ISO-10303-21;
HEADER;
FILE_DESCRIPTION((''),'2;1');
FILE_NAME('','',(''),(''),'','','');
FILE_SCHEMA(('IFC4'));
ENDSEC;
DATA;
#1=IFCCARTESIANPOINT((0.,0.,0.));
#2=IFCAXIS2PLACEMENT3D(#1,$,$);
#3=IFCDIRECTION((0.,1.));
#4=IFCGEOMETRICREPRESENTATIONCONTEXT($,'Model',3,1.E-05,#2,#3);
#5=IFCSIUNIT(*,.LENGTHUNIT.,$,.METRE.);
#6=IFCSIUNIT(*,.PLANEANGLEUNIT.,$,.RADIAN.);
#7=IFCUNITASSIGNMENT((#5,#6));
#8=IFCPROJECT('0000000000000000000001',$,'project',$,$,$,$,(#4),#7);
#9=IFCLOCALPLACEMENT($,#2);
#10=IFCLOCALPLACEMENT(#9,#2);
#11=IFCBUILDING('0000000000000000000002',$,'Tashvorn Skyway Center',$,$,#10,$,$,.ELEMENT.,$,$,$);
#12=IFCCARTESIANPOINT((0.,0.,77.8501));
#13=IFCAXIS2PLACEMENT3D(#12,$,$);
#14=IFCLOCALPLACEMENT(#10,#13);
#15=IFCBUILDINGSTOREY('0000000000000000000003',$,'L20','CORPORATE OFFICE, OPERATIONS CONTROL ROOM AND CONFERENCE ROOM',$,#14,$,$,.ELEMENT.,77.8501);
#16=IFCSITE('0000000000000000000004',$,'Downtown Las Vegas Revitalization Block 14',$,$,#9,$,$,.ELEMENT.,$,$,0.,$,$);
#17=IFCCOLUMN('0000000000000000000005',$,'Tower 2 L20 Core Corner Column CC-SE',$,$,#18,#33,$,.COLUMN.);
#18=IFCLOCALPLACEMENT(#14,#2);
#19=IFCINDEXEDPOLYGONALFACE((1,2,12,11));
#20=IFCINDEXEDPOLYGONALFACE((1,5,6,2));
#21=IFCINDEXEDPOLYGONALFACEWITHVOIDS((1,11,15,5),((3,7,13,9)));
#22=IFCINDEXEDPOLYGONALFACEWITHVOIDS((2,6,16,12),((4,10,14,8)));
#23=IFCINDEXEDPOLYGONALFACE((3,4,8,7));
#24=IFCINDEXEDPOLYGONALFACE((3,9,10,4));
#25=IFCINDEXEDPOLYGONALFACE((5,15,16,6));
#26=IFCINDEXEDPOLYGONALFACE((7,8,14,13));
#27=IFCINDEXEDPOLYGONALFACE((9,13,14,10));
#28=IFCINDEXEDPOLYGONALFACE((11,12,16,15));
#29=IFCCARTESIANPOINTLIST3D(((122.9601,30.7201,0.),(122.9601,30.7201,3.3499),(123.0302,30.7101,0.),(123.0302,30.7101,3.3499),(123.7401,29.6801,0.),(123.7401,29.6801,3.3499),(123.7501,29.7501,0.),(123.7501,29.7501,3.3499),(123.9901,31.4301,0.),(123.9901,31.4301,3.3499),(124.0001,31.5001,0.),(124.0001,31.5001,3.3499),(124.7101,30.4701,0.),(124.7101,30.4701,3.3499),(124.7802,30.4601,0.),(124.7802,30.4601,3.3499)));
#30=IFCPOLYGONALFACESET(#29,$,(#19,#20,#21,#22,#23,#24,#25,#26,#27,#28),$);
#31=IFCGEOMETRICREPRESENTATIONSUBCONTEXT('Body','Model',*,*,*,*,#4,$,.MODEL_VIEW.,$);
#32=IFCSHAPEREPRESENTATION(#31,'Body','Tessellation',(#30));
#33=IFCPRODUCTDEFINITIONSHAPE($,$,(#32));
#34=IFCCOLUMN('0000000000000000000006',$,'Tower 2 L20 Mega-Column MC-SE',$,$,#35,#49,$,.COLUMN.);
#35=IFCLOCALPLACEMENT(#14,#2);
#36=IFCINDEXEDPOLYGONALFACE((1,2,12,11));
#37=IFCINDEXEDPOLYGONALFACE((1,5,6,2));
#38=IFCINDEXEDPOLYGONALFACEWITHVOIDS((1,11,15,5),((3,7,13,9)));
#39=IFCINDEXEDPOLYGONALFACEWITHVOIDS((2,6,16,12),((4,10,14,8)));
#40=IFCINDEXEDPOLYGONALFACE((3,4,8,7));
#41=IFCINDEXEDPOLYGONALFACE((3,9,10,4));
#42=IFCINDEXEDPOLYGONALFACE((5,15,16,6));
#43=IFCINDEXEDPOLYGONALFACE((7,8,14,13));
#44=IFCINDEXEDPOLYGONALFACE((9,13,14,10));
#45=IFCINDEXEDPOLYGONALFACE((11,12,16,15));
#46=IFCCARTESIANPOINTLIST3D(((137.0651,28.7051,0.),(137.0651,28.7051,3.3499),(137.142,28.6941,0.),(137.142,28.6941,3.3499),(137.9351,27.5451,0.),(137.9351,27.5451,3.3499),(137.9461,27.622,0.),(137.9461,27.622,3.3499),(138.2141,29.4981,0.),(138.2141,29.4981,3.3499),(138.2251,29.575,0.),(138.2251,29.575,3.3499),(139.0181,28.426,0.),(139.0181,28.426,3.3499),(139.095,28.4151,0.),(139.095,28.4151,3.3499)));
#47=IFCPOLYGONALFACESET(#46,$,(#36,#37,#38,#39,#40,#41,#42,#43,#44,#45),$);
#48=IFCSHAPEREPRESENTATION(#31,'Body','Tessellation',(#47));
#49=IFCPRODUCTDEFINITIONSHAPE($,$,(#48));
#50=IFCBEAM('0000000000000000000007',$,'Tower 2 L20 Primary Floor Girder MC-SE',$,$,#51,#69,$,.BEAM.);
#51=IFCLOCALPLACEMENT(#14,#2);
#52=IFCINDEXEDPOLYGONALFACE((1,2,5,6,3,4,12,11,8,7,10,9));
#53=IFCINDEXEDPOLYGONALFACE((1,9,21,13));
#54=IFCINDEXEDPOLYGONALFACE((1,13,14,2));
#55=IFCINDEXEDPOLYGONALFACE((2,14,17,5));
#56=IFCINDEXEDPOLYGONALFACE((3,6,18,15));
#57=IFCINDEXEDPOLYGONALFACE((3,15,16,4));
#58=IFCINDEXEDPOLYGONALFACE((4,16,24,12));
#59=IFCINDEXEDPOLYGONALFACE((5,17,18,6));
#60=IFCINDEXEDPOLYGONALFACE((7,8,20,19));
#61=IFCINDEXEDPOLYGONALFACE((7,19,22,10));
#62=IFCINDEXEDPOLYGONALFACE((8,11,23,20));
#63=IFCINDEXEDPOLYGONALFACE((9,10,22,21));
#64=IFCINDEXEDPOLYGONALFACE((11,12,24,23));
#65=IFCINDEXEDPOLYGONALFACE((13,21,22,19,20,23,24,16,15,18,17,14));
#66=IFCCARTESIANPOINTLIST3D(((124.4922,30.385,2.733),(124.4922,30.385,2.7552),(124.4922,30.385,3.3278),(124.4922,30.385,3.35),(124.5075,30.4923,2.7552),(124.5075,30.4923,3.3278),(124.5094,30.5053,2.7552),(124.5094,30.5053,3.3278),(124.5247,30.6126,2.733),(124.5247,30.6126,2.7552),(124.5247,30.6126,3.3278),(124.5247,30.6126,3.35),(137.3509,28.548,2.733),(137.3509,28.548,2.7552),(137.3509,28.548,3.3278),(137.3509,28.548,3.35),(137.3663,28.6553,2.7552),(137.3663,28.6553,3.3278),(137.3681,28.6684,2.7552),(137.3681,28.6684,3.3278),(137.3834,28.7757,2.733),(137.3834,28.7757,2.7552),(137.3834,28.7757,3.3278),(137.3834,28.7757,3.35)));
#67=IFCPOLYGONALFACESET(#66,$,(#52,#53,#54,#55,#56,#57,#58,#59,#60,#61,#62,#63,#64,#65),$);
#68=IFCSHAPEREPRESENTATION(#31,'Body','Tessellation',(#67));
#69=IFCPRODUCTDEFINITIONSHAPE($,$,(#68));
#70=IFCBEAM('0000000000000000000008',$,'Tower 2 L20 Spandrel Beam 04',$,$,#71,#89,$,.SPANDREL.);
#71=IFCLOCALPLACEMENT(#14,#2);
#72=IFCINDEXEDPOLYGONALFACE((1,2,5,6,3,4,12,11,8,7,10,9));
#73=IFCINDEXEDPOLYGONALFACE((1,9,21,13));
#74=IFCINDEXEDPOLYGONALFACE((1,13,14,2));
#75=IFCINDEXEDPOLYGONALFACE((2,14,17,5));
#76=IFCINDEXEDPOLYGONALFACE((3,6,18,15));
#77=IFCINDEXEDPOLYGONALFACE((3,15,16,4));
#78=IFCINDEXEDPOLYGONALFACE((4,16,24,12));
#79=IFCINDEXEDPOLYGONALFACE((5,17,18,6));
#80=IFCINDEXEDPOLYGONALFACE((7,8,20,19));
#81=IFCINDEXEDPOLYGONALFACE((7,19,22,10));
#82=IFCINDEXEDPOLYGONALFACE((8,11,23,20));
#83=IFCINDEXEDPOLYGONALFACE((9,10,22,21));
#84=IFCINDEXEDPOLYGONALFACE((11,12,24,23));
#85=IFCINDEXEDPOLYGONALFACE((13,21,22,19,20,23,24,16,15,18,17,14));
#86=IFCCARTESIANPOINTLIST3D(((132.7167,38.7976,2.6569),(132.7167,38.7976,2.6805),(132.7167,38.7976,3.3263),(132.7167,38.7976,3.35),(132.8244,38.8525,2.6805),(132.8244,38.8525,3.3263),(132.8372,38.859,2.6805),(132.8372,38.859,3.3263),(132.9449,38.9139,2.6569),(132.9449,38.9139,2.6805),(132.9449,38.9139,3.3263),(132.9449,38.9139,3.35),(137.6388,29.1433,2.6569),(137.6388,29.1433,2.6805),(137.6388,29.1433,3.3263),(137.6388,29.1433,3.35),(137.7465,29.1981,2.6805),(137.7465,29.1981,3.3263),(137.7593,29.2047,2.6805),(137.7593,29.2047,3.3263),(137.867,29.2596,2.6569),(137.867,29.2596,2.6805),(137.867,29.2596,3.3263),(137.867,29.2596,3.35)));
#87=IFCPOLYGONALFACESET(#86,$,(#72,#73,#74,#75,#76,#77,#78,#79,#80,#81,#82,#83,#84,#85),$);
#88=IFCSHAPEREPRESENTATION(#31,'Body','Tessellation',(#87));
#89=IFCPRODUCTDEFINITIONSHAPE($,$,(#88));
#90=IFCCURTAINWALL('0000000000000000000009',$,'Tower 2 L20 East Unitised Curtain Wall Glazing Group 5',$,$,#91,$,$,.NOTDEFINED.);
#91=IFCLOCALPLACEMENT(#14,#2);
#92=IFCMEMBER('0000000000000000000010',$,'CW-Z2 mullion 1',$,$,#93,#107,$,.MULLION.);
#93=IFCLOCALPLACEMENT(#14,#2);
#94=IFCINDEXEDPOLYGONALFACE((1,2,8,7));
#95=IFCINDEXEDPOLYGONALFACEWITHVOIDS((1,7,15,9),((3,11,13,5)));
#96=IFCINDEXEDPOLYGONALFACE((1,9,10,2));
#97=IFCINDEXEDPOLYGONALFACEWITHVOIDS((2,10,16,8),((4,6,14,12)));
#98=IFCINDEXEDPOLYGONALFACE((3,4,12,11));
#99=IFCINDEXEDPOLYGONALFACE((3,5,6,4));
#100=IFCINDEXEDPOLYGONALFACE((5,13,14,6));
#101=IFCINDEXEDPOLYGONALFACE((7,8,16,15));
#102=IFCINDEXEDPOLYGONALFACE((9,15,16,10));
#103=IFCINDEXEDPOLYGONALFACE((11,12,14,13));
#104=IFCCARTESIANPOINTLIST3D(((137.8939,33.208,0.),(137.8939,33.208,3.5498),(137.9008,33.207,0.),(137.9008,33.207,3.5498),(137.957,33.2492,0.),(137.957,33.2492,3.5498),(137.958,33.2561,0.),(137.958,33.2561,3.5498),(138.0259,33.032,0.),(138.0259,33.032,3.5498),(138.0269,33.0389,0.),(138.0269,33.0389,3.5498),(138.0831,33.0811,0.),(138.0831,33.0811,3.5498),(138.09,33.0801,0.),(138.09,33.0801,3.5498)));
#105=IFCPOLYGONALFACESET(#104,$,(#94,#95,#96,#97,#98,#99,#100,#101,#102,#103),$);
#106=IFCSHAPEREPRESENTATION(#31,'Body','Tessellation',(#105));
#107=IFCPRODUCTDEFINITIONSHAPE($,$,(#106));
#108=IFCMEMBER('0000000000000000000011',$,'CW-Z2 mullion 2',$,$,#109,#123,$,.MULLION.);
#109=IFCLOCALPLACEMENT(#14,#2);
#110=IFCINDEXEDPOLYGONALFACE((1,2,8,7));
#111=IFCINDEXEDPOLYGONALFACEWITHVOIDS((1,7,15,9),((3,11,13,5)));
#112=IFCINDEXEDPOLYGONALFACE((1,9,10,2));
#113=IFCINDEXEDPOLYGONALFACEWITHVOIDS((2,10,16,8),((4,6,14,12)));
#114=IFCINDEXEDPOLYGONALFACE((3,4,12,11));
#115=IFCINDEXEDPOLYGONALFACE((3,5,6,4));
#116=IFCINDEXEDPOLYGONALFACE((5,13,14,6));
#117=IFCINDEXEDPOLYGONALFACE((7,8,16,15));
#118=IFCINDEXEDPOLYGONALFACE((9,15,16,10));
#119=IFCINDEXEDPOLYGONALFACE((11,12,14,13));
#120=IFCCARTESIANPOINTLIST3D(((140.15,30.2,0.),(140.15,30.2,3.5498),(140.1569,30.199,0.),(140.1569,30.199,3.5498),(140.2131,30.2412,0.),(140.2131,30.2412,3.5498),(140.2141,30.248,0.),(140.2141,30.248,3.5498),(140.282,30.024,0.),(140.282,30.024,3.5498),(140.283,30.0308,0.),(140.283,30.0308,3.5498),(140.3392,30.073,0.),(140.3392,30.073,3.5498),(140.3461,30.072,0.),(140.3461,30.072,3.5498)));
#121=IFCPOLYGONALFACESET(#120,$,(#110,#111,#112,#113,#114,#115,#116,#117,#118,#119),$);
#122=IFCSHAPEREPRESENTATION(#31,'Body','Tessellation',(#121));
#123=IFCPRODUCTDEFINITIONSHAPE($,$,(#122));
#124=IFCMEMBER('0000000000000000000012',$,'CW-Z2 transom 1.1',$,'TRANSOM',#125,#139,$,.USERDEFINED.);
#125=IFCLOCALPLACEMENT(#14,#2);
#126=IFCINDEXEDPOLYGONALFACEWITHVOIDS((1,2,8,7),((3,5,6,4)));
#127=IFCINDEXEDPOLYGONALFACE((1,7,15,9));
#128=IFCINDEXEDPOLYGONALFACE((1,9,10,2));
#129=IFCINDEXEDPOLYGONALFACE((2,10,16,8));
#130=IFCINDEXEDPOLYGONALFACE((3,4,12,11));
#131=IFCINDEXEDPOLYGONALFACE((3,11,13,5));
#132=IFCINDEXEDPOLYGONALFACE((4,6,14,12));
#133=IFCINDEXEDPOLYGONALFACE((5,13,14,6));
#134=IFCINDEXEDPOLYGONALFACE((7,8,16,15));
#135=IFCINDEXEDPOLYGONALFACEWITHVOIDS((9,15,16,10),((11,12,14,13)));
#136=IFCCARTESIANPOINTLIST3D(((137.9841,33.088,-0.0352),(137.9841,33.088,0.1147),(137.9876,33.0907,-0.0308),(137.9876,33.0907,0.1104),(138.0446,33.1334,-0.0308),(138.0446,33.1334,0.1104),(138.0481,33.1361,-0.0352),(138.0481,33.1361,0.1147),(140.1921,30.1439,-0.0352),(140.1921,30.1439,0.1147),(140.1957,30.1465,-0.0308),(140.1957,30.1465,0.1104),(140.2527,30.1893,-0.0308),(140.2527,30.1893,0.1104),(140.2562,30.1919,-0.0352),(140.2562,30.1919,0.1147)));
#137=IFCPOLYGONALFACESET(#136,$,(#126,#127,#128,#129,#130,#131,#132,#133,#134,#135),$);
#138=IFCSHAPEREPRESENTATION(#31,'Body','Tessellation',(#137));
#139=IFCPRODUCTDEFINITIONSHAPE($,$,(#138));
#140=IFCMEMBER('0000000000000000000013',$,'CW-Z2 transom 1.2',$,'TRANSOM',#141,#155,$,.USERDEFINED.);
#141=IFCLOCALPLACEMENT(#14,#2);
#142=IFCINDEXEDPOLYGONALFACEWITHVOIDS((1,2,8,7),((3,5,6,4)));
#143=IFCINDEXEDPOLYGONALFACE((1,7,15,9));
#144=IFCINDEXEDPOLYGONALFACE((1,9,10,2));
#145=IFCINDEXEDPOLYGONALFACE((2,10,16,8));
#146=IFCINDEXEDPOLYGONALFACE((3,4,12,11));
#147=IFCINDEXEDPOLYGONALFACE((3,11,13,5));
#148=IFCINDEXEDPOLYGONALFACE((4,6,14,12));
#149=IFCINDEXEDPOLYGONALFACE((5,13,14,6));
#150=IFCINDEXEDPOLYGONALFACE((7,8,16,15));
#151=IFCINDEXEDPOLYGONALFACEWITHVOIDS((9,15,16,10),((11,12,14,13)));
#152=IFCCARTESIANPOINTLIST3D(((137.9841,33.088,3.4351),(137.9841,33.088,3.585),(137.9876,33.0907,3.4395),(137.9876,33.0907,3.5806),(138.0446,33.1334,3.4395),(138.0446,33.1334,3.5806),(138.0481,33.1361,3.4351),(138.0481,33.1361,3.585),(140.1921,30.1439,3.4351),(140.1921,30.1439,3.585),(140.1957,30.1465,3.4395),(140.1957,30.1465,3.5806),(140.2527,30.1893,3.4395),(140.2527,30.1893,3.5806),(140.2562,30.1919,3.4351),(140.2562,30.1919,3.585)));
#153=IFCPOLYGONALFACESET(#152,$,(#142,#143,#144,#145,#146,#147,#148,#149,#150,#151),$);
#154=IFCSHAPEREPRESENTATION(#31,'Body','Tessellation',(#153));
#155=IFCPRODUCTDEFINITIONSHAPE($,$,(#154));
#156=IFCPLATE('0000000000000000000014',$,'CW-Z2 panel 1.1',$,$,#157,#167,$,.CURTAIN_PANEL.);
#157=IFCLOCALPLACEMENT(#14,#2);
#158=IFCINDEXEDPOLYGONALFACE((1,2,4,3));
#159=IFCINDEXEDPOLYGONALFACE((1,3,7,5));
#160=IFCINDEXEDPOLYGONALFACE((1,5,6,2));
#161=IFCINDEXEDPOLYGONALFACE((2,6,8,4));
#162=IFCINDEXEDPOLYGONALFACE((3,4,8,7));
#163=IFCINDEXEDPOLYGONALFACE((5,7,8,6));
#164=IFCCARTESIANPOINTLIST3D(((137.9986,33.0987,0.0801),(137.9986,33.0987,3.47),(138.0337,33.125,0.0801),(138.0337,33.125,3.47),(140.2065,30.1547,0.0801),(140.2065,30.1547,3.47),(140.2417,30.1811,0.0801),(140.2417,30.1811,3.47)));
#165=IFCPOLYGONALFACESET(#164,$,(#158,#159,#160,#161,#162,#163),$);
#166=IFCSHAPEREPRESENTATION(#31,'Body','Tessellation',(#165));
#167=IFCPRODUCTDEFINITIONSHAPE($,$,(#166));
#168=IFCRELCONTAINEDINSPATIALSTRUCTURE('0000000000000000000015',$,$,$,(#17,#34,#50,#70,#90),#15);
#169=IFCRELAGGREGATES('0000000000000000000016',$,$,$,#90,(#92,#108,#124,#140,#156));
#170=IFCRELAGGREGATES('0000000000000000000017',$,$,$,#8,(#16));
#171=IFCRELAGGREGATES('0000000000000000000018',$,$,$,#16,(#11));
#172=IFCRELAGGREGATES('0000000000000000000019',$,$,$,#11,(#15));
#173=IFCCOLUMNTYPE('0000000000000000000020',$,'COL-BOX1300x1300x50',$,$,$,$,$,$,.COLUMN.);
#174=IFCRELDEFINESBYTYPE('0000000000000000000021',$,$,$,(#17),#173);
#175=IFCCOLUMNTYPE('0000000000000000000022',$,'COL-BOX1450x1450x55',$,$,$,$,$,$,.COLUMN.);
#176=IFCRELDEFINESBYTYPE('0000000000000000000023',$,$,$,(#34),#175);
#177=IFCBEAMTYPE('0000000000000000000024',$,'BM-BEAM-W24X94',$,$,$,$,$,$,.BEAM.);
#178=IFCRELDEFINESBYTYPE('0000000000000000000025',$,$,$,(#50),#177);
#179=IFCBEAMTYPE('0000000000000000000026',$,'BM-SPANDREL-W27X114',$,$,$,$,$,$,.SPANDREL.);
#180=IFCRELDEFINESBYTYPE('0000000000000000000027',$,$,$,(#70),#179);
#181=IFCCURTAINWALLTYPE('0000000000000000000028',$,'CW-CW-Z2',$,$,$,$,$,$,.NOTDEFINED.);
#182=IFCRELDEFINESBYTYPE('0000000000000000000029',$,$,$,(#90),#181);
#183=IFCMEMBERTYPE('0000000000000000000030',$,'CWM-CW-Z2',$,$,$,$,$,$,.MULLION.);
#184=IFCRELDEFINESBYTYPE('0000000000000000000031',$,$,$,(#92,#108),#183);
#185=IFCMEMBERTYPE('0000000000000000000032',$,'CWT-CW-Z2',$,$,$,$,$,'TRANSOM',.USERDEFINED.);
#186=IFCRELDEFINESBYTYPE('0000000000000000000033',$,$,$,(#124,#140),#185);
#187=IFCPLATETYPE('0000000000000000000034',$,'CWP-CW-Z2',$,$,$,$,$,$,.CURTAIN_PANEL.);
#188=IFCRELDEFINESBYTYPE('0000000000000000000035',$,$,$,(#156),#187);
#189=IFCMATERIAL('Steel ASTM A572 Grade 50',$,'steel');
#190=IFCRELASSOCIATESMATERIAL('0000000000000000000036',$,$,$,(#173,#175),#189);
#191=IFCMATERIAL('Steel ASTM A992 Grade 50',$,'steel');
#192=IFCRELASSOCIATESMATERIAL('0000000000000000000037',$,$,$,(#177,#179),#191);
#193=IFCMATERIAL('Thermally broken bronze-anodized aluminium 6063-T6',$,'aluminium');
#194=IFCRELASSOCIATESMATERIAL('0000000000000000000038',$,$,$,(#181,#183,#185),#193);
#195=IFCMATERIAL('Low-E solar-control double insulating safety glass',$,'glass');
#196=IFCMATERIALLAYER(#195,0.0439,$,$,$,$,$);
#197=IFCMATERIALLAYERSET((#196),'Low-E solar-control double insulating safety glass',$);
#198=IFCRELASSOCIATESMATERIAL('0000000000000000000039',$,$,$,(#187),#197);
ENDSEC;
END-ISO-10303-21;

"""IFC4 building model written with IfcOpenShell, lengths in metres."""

from ifc_helpers import new_model, si_unit, direction, frame, origin, origin_2d, place, context, subcontext, project, spatial, rectangle, hollow_rectangle, i_section, extrude, material, layer, layer_set, material_profile, profile_set, type_object, element, aggregate, save


model = new_model("IFC4")

# Units and contexts
model_context = context("Model", 3, precision=1e-05, world=origin(), true_north=direction((0.0, 1.0)))
body_context = subcontext(model_context, "Body", "Model", "MODEL_VIEW")
ifc_project = project(units=[si_unit("LENGTHUNIT", "METRE"), si_unit("PLANEANGLEUNIT", "RADIAN")], contexts=[model_context])

# Site, building, storey
site_placement = place(None, origin())
site = spatial("IfcSite", under=ifc_project, at=site_placement, Name="Downtown Las Vegas Revitalization Block 14", CompositionType="ELEMENT", RefElevation=0.0)
building_placement = place(site_placement, origin())
building = spatial("IfcBuilding", under=site, at=building_placement, Name="Tashvorn Skyway Center", CompositionType="ELEMENT")
storey_placement = place(building_placement, frame((0.0, 0.0, 77.8501)))
storey = spatial("IfcBuildingStorey", under=building, at=storey_placement, Name="L20", Description="CORPORATE OFFICE, OPERATIONS CONTROL ROOM AND CONFERENCE ROOM", CompositionType="ELEMENT", Elevation=77.8501)

# Columns
ifc_material_1 = material(Name="Steel ASTM A572 Grade 50", Category="steel")
ifc_material_profile_1 = material_profile(ifc_material_1, hollow_rectangle(XDim=1.3, YDim=1.3, WallThickness=0.05, at=origin_2d()), Name="BOX1300x1300x50")
ifc_profile_set_1 = profile_set([ifc_material_profile_1], Name="Steel ASTM A572 Grade 50")
column_type_1 = type_object("IfcColumnType", Name="COL-BOX1300x1300x50", PredefinedType="COLUMN", material=ifc_profile_set_1)
column_1_placement = place(storey_placement, frame((123.8701, 30.5901, 0.0), z_axis=(0.0, 0.0, 1.0), x_axis=(0.8, 0.6, 0.0)))
element("IfcColumn", 1, at=column_1_placement, inside=storey, type_object=column_type_1, Name="Tower 2 L20 Core Corner Column CC-SE", PredefinedType="COLUMN", context=body_context, shape_type="SweptSolid", body=[
    extrude(hollow_rectangle(XDim=1.3, YDim=1.3, WallThickness=0.05, at=origin_2d()), origin(), (0.0, 0.0, 1.0), 3.3499),
])
ifc_material_profile_2 = material_profile(ifc_material_1, hollow_rectangle(XDim=1.45, YDim=1.45, WallThickness=0.0549, at=origin_2d()), Name="BOX1450x1450x55")
ifc_profile_set_2 = profile_set([ifc_material_profile_2], Name="Steel ASTM A572 Grade 50")
column_type_2 = type_object("IfcColumnType", Name="COL-BOX1450x1450x55", PredefinedType="COLUMN", material=ifc_profile_set_2)
column_2_placement = place(storey_placement, frame((138.0801, 28.5601, 0.0), z_axis=(0.0, 0.0, 1.0), x_axis=(0.8, 0.6, 0.0)))
element("IfcColumn", 2, at=column_2_placement, inside=storey, type_object=column_type_2, Name="Tower 2 L20 Mega-Column MC-SE", PredefinedType="COLUMN", context=body_context, shape_type="SweptSolid", body=[
    extrude(hollow_rectangle(XDim=1.45, YDim=1.45, WallThickness=0.0549, at=origin_2d()), origin(), (0.0, 0.0, 1.0), 3.3499),
])

# Beams
ifc_material_2 = material(Name="Steel ASTM A992 Grade 50", Category="steel")
ifc_material_profile_3 = material_profile(ifc_material_2, i_section(OverallWidth=0.23, OverallDepth=0.6169, WebThickness=0.0132, FlangeThickness=0.0222, at=origin_2d()), Name="W24X94")
ifc_profile_set_3 = profile_set([ifc_material_profile_3], Name="Steel ASTM A992 Grade 50")
beam_type_1 = type_object("IfcBeamType", Name="BM-BEAM-W24X94", PredefinedType="BEAM", material=ifc_profile_set_3)
beam_1_placement = place(storey_placement, frame((137.3672, 28.6619, 3.0415), z_axis=(-0.98995, 0.141419, 0.0), x_axis=(-0.141419, -0.98995, 0.0)))
element("IfcBeam", 3, at=beam_1_placement, inside=storey, type_object=beam_type_1, Name="Tower 2 L20 Primary Floor Girder MC-SE", PredefinedType="BEAM", context=body_context, shape_type="SweptSolid", body=[
    extrude(i_section(OverallWidth=0.23, OverallDepth=0.6169, WebThickness=0.0132, FlangeThickness=0.0222, at=origin_2d()), origin(), (0.0, 0.0, 1.0), 12.9893),
])
ifc_material_profile_4 = material_profile(ifc_material_2, i_section(OverallWidth=0.2561, OverallDepth=0.6931, WebThickness=0.0144, FlangeThickness=0.0237, at=origin_2d()), Name="W27X114")
ifc_profile_set_4 = profile_set([ifc_material_profile_4], Name="Steel ASTM A992 Grade 50")
beam_type_2 = type_object("IfcBeamType", Name="BM-SPANDREL-W27X114", PredefinedType="SPANDREL", material=ifc_profile_set_4)
beam_2_placement = place(storey_placement, frame((137.7529, 29.2014, 3.0034), z_axis=(-0.454211, 0.890894, 0.0), x_axis=(-0.890894, -0.454211, 0.0)))
element("IfcBeam", 4, at=beam_2_placement, inside=storey, type_object=beam_type_2, Name="Tower 2 L20 Spandrel Beam 04", PredefinedType="SPANDREL", context=body_context, shape_type="SweptSolid", body=[
    extrude(i_section(OverallWidth=0.2561, OverallDepth=0.6931, WebThickness=0.0144, FlangeThickness=0.0237, at=origin_2d()), origin(), (0.0, 0.0, 1.0), 10.8367),
])

# Curtain wall, members, plate
ifc_material_3 = material(Name="Thermally broken bronze-anodized aluminium 6063-T6", Category="aluminium")
curtain_wall_type = type_object("IfcCurtainWallType", Name="CW-CW-Z2", PredefinedType="NOTDEFINED", material=ifc_material_3)
curtain_wall_placement = place(storey_placement, origin())
curtain_wall = element("IfcCurtainWall", 5, at=curtain_wall_placement, inside=storey, type_object=curtain_wall_type, Name="Tower 2 L20 East Unitised Curtain Wall Glazing Group 5", PredefinedType="NOTDEFINED")
ifc_material_profile_5 = material_profile(ifc_material_3, hollow_rectangle(XDim=0.0801, YDim=0.22, WallThickness=0.0049, at=origin_2d()), Name="ALU-MULL-80x220")
ifc_profile_set_5 = profile_set([ifc_material_profile_5], Name="Thermally broken bronze-anodized aluminium 6063-T6")
member_type_1 = type_object("IfcMemberType", Name="CWM-CW-Z2", PredefinedType="MULLION", material=ifc_profile_set_5)
member_1_placement = place(storey_placement, frame((137.9919, 33.144, 0.0), z_axis=(0.0, 0.0, 1.0), x_axis=(0.8, 0.6, 0.0)))
member_1 = element("IfcMember", 6, at=member_1_placement, type_object=member_type_1, Name="CW-Z2 mullion 1", PredefinedType="MULLION", context=body_context, shape_type="SweptSolid", body=[
    extrude(hollow_rectangle(XDim=0.0801, YDim=0.22, WallThickness=0.0049, at=origin_2d()), origin(), (0.0, 0.0, 1.0), 3.5498),
])
member_2_placement = place(storey_placement, frame((140.248, 30.136, 0.0), z_axis=(0.0, 0.0, 1.0), x_axis=(0.8, 0.6, 0.0)))
member_2 = element("IfcMember", 7, at=member_2_placement, type_object=member_type_1, Name="CW-Z2 mullion 2", PredefinedType="MULLION", context=body_context, shape_type="SweptSolid", body=[
    extrude(hollow_rectangle(XDim=0.0801, YDim=0.22, WallThickness=0.0049, at=origin_2d()), origin(), (0.0, 0.0, 1.0), 3.5498),
])
ifc_material_profile_6 = material_profile(ifc_material_3, hollow_rectangle(XDim=0.0801, YDim=0.1499, WallThickness=0.0044, at=origin_2d()), Name="ALU-TRAN-80x150")
ifc_profile_set_6 = profile_set([ifc_material_profile_6], Name="Thermally broken bronze-anodized aluminium 6063-T6")
member_type_2 = type_object("IfcMemberType", Name="CWT-CW-Z2", ElementType="TRANSOM", PredefinedType="USERDEFINED", material=ifc_profile_set_6)
member_3_placement = place(storey_placement, frame((138.0161, 33.1121, 0.0398), z_axis=(0.599989, -0.800008, 0.0), x_axis=(0.800008, 0.599989, 0.0)))
member_3 = element("IfcMember", 8, at=member_3_placement, type_object=member_type_2, Name="CW-Z2 transom 1.1", ObjectType="TRANSOM", PredefinedType="USERDEFINED", context=body_context, shape_type="SweptSolid", body=[
    extrude(hollow_rectangle(XDim=0.0801, YDim=0.1499, WallThickness=0.0044, at=origin_2d()), origin(), (0.0, 0.0, 1.0), 3.6802),
])
member_4_placement = place(storey_placement, frame((138.0161, 33.1121, 3.51), z_axis=(0.599989, -0.800008, 0.0), x_axis=(0.800008, 0.599989, 0.0)))
member_4 = element("IfcMember", 9, at=member_4_placement, type_object=member_type_2, Name="CW-Z2 transom 1.2", ObjectType="TRANSOM", PredefinedType="USERDEFINED", context=body_context, shape_type="SweptSolid", body=[
    extrude(hollow_rectangle(XDim=0.0801, YDim=0.1499, WallThickness=0.0044, at=origin_2d()), origin(), (0.0, 0.0, 1.0), 3.6802),
])
ifc_material_4 = material(Name="Low-E solar-control double insulating safety glass", Category="glass")
ifc_layer_1 = layer(ifc_material_4, 0.0439)
ifc_layer_set_1 = layer_set([ifc_layer_1], Name="Low-E solar-control double insulating safety glass")
plate_type = type_object("IfcPlateType", Name="CWP-CW-Z2", PredefinedType="CURTAIN_PANEL", material=ifc_layer_set_1)
plate_placement = place(storey_placement, frame((139.1201, 31.6399, 0.0801), z_axis=(0.0, 0.0, 1.0), x_axis=(0.6, -0.8, 0.0)))
plate = element("IfcPlate", 10, at=plate_placement, type_object=plate_type, Name="CW-Z2 panel 1.1", PredefinedType="CURTAIN_PANEL", context=body_context, shape_type="SweptSolid", body=[
    extrude(rectangle(XDim=3.6799, YDim=0.0439, at=origin_2d()), origin(), (0.0, 0.0, 1.0), 3.3899),
])
aggregate(curtain_wall, [member_1, member_2, member_3, member_4, plate])

save(model, "model.ifc")
